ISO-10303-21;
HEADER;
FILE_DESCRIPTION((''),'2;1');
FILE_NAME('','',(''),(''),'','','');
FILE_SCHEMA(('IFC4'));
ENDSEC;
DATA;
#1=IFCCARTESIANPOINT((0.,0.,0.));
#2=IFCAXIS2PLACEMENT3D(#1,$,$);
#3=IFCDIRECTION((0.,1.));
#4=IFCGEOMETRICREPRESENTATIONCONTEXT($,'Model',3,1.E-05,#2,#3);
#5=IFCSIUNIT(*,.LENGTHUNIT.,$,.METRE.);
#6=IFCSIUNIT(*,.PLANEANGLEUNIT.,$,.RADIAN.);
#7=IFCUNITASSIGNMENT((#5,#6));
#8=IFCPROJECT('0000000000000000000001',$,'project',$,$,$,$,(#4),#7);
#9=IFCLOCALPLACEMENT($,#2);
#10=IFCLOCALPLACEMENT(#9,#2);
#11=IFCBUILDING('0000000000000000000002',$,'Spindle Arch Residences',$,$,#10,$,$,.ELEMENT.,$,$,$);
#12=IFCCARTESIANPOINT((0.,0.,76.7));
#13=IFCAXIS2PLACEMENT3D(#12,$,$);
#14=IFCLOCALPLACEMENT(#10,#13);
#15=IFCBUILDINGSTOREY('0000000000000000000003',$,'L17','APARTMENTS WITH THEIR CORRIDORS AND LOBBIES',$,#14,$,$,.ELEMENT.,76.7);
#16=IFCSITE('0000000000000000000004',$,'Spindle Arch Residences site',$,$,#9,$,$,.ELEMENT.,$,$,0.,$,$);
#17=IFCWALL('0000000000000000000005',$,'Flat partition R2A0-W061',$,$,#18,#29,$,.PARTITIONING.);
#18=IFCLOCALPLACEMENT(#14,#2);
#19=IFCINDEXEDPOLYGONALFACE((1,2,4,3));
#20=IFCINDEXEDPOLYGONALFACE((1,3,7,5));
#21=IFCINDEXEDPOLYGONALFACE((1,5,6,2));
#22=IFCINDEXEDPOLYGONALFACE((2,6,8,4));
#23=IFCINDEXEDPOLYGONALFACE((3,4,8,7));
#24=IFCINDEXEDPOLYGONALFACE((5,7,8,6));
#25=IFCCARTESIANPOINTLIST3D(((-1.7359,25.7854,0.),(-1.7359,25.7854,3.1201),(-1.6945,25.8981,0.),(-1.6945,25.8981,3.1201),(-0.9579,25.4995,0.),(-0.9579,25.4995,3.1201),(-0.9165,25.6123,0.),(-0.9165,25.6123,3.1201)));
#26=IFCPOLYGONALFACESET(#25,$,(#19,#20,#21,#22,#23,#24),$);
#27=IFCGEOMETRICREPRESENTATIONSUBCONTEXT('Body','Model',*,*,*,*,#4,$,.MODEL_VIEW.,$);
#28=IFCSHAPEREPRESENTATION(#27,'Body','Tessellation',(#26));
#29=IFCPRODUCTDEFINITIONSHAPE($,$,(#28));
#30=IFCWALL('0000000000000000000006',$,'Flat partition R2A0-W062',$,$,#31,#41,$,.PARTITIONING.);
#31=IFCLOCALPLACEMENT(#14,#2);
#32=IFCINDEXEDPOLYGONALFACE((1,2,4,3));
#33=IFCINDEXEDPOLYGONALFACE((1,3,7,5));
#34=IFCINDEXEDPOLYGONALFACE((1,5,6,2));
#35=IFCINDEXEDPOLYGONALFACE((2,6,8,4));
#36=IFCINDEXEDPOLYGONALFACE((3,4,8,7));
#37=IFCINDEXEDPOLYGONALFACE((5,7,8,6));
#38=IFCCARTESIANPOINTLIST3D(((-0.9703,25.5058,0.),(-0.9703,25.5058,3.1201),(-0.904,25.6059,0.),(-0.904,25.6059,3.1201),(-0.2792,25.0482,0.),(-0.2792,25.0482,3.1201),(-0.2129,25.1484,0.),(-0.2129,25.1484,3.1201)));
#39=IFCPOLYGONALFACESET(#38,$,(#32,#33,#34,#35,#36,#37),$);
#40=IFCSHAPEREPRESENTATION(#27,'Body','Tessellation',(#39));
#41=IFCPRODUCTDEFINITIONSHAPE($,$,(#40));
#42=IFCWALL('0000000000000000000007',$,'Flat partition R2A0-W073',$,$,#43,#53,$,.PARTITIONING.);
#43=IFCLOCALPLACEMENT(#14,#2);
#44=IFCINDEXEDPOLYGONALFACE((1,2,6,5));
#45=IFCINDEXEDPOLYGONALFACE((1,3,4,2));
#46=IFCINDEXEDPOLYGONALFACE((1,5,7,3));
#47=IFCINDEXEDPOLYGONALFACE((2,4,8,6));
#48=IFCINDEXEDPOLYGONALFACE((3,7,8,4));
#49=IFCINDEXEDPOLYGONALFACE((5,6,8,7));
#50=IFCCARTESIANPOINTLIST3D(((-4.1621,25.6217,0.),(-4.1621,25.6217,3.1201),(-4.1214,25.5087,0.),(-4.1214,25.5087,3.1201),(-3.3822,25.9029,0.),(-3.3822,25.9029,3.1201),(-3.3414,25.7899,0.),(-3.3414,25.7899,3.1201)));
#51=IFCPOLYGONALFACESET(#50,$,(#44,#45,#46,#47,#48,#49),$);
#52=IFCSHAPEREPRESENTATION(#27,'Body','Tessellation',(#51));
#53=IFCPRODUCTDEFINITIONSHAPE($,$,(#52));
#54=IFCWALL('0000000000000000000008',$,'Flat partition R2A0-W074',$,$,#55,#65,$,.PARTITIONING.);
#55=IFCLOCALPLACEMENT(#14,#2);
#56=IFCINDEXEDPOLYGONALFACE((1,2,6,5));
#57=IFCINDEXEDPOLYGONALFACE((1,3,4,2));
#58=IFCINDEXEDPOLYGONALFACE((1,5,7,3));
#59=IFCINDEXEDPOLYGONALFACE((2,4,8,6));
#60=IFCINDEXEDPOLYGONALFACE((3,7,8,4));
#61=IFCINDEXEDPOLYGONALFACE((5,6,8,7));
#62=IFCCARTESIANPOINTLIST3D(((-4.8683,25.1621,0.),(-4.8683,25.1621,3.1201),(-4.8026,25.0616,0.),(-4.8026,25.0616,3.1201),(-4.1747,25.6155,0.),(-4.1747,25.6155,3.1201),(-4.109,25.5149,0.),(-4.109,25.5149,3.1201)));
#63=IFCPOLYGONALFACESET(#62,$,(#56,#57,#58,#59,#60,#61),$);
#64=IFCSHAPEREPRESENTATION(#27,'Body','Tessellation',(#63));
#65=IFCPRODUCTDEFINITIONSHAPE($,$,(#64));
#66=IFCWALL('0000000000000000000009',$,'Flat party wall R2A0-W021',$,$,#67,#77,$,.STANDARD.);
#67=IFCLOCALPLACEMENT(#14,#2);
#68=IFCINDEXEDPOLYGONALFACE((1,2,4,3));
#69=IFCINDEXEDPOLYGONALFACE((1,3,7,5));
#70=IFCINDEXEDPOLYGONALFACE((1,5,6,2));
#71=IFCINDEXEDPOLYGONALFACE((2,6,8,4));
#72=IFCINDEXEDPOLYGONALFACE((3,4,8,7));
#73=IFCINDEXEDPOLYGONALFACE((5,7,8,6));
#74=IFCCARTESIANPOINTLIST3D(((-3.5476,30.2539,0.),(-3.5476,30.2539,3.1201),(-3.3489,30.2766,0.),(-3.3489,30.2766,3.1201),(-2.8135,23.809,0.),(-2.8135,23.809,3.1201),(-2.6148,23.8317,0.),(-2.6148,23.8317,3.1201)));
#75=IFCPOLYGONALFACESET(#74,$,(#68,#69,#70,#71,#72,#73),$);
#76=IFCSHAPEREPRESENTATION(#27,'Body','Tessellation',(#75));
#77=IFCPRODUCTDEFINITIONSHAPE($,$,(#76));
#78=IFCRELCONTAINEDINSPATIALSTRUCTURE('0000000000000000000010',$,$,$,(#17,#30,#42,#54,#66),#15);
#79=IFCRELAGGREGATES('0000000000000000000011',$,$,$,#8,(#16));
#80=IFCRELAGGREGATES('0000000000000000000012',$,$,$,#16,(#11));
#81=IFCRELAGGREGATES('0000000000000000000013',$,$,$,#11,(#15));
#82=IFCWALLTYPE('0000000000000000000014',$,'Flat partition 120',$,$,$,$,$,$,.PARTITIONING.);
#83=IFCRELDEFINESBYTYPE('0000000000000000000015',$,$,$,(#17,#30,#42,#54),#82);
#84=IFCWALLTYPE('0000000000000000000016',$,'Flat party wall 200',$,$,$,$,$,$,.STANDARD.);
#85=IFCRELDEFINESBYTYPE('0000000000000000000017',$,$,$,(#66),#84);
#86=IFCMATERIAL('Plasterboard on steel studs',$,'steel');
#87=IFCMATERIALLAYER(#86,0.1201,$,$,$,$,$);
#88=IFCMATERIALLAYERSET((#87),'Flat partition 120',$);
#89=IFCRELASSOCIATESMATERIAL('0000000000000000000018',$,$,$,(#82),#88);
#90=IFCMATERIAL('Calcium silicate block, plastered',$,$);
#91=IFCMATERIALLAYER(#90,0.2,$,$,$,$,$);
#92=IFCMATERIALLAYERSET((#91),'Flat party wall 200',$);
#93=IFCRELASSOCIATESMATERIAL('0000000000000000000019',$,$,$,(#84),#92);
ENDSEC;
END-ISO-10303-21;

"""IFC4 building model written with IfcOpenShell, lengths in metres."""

from ifc_helpers import new_model, si_unit, direction, frame, frame_2d, origin, place, context, subcontext, project, spatial, rectangle, extrude, material, layer, layer_set, type_object, element, save


model = new_model("IFC4")

# Units and contexts
model_context = context("Model", 3, precision=1e-05, world=origin(), true_north=direction((0.0, 1.0)))
body_context = subcontext(model_context, "Body", "Model", "MODEL_VIEW")
ifc_project = project(units=[si_unit("LENGTHUNIT", "METRE"), si_unit("PLANEANGLEUNIT", "RADIAN")], contexts=[model_context])

# Site, building, storey
site_placement = place(None, origin())
site = spatial("IfcSite", under=ifc_project, at=site_placement, Name="Spindle Arch Residences site", CompositionType="ELEMENT", RefElevation=0.0)
building_placement = place(site_placement, origin())
building = spatial("IfcBuilding", under=site, at=building_placement, Name="Spindle Arch Residences", CompositionType="ELEMENT")
storey_placement = place(building_placement, frame((0.0, 0.0, 76.7)))
storey = spatial("IfcBuildingStorey", under=building, at=storey_placement, Name="L17", Description="APARTMENTS WITH THEIR CORRIDORS AND LOBBIES", CompositionType="ELEMENT", Elevation=76.7)

# Walls
ifc_material_1 = material(Name="Plasterboard on steel studs", Category="steel")
ifc_layer_1 = layer(ifc_material_1, 0.1201)
ifc_layer_set_1 = layer_set([ifc_layer_1], Name="Flat partition 120")
wall_type_1 = type_object("IfcWallType", Name="Flat partition 120", PredefinedType="PARTITIONING", material=ifc_layer_set_1)
for number, where, z_axis, x_axis, name in (
    (1, (-1.7153, 25.8418, 0.0), (0.0, 0.0, 1.0), (0.938644, -0.344886, 0.0), "Flat partition R2A0-W061"),
    (2, (-0.9373, 25.5559, 0.0), (0.0, 0.0, 1.0), (0.833858, -0.551978, 0.0), "Flat partition R2A0-W062"),
):
    element("IfcWall", number, at=place(storey_placement, frame(where, z_axis=z_axis, x_axis=x_axis)), inside=storey, type_object=wall_type_1, Name=name, PredefinedType="PARTITIONING", context=body_context, shape_type="SweptSolid", body=[
        extrude(rectangle(XDim=0.8289, YDim=0.1201, at=frame_2d((0.4146, 0.0))), origin(), (0.0, 0.0, 1.0), 3.1201),
    ])
wall_1_placement = place(storey_placement, frame((-3.3618, 25.8464, 0.0), z_axis=(0.0, 0.0, 1.0), x_axis=(-0.940718, -0.339189, 0.0)))
element("IfcWall", 3, at=wall_1_placement, inside=storey, type_object=wall_type_1, Name="Flat partition R2A0-W073", PredefinedType="PARTITIONING", context=body_context, shape_type="SweptSolid", body=[
    extrude(rectangle(XDim=0.8291, YDim=0.1201, at=frame_2d((0.4146, 0.0))), origin(), (0.0, 0.0, 1.0), 3.1201),
])
wall_2_placement = place(storey_placement, frame((-4.1418, 25.5652, 0.0), z_axis=(0.0, 0.0, 1.0), x_axis=(-0.837047, -0.54713, 0.0)))
element("IfcWall", 4, at=wall_2_placement, inside=storey, type_object=wall_type_1, Name="Flat partition R2A0-W074", PredefinedType="PARTITIONING", context=body_context, shape_type="SweptSolid", body=[
    extrude(rectangle(XDim=0.8286, YDim=0.1201, at=frame_2d((0.4143, 0.0))), origin(), (0.0, 0.0, 1.0), 3.1201),
])
ifc_material_2 = material(Name="Calcium silicate block, plastered")
ifc_layer_2 = layer(ifc_material_2, 0.2)
ifc_layer_set_2 = layer_set([ifc_layer_2], Name="Flat party wall 200")
wall_type_2 = type_object("IfcWallType", Name="Flat party wall 200", PredefinedType="STANDARD", material=ifc_layer_set_2)
wall_3_placement = place(storey_placement, frame((-3.4482, 30.2651, 0.0), z_axis=(0.0, 0.0, 1.0), x_axis=(0.113178, -0.993575, 0.0)))
element("IfcWall", 5, at=wall_3_placement, inside=storey, type_object=wall_type_2, Name="Flat party wall R2A0-W021", PredefinedType="STANDARD", context=body_context, shape_type="SweptSolid", body=[
    extrude(rectangle(XDim=6.4866, YDim=0.2, at=frame_2d((3.2432, 0.0))), origin(), (0.0, 0.0, 1.0), 3.1201),
])

save(model, "model.ifc")
